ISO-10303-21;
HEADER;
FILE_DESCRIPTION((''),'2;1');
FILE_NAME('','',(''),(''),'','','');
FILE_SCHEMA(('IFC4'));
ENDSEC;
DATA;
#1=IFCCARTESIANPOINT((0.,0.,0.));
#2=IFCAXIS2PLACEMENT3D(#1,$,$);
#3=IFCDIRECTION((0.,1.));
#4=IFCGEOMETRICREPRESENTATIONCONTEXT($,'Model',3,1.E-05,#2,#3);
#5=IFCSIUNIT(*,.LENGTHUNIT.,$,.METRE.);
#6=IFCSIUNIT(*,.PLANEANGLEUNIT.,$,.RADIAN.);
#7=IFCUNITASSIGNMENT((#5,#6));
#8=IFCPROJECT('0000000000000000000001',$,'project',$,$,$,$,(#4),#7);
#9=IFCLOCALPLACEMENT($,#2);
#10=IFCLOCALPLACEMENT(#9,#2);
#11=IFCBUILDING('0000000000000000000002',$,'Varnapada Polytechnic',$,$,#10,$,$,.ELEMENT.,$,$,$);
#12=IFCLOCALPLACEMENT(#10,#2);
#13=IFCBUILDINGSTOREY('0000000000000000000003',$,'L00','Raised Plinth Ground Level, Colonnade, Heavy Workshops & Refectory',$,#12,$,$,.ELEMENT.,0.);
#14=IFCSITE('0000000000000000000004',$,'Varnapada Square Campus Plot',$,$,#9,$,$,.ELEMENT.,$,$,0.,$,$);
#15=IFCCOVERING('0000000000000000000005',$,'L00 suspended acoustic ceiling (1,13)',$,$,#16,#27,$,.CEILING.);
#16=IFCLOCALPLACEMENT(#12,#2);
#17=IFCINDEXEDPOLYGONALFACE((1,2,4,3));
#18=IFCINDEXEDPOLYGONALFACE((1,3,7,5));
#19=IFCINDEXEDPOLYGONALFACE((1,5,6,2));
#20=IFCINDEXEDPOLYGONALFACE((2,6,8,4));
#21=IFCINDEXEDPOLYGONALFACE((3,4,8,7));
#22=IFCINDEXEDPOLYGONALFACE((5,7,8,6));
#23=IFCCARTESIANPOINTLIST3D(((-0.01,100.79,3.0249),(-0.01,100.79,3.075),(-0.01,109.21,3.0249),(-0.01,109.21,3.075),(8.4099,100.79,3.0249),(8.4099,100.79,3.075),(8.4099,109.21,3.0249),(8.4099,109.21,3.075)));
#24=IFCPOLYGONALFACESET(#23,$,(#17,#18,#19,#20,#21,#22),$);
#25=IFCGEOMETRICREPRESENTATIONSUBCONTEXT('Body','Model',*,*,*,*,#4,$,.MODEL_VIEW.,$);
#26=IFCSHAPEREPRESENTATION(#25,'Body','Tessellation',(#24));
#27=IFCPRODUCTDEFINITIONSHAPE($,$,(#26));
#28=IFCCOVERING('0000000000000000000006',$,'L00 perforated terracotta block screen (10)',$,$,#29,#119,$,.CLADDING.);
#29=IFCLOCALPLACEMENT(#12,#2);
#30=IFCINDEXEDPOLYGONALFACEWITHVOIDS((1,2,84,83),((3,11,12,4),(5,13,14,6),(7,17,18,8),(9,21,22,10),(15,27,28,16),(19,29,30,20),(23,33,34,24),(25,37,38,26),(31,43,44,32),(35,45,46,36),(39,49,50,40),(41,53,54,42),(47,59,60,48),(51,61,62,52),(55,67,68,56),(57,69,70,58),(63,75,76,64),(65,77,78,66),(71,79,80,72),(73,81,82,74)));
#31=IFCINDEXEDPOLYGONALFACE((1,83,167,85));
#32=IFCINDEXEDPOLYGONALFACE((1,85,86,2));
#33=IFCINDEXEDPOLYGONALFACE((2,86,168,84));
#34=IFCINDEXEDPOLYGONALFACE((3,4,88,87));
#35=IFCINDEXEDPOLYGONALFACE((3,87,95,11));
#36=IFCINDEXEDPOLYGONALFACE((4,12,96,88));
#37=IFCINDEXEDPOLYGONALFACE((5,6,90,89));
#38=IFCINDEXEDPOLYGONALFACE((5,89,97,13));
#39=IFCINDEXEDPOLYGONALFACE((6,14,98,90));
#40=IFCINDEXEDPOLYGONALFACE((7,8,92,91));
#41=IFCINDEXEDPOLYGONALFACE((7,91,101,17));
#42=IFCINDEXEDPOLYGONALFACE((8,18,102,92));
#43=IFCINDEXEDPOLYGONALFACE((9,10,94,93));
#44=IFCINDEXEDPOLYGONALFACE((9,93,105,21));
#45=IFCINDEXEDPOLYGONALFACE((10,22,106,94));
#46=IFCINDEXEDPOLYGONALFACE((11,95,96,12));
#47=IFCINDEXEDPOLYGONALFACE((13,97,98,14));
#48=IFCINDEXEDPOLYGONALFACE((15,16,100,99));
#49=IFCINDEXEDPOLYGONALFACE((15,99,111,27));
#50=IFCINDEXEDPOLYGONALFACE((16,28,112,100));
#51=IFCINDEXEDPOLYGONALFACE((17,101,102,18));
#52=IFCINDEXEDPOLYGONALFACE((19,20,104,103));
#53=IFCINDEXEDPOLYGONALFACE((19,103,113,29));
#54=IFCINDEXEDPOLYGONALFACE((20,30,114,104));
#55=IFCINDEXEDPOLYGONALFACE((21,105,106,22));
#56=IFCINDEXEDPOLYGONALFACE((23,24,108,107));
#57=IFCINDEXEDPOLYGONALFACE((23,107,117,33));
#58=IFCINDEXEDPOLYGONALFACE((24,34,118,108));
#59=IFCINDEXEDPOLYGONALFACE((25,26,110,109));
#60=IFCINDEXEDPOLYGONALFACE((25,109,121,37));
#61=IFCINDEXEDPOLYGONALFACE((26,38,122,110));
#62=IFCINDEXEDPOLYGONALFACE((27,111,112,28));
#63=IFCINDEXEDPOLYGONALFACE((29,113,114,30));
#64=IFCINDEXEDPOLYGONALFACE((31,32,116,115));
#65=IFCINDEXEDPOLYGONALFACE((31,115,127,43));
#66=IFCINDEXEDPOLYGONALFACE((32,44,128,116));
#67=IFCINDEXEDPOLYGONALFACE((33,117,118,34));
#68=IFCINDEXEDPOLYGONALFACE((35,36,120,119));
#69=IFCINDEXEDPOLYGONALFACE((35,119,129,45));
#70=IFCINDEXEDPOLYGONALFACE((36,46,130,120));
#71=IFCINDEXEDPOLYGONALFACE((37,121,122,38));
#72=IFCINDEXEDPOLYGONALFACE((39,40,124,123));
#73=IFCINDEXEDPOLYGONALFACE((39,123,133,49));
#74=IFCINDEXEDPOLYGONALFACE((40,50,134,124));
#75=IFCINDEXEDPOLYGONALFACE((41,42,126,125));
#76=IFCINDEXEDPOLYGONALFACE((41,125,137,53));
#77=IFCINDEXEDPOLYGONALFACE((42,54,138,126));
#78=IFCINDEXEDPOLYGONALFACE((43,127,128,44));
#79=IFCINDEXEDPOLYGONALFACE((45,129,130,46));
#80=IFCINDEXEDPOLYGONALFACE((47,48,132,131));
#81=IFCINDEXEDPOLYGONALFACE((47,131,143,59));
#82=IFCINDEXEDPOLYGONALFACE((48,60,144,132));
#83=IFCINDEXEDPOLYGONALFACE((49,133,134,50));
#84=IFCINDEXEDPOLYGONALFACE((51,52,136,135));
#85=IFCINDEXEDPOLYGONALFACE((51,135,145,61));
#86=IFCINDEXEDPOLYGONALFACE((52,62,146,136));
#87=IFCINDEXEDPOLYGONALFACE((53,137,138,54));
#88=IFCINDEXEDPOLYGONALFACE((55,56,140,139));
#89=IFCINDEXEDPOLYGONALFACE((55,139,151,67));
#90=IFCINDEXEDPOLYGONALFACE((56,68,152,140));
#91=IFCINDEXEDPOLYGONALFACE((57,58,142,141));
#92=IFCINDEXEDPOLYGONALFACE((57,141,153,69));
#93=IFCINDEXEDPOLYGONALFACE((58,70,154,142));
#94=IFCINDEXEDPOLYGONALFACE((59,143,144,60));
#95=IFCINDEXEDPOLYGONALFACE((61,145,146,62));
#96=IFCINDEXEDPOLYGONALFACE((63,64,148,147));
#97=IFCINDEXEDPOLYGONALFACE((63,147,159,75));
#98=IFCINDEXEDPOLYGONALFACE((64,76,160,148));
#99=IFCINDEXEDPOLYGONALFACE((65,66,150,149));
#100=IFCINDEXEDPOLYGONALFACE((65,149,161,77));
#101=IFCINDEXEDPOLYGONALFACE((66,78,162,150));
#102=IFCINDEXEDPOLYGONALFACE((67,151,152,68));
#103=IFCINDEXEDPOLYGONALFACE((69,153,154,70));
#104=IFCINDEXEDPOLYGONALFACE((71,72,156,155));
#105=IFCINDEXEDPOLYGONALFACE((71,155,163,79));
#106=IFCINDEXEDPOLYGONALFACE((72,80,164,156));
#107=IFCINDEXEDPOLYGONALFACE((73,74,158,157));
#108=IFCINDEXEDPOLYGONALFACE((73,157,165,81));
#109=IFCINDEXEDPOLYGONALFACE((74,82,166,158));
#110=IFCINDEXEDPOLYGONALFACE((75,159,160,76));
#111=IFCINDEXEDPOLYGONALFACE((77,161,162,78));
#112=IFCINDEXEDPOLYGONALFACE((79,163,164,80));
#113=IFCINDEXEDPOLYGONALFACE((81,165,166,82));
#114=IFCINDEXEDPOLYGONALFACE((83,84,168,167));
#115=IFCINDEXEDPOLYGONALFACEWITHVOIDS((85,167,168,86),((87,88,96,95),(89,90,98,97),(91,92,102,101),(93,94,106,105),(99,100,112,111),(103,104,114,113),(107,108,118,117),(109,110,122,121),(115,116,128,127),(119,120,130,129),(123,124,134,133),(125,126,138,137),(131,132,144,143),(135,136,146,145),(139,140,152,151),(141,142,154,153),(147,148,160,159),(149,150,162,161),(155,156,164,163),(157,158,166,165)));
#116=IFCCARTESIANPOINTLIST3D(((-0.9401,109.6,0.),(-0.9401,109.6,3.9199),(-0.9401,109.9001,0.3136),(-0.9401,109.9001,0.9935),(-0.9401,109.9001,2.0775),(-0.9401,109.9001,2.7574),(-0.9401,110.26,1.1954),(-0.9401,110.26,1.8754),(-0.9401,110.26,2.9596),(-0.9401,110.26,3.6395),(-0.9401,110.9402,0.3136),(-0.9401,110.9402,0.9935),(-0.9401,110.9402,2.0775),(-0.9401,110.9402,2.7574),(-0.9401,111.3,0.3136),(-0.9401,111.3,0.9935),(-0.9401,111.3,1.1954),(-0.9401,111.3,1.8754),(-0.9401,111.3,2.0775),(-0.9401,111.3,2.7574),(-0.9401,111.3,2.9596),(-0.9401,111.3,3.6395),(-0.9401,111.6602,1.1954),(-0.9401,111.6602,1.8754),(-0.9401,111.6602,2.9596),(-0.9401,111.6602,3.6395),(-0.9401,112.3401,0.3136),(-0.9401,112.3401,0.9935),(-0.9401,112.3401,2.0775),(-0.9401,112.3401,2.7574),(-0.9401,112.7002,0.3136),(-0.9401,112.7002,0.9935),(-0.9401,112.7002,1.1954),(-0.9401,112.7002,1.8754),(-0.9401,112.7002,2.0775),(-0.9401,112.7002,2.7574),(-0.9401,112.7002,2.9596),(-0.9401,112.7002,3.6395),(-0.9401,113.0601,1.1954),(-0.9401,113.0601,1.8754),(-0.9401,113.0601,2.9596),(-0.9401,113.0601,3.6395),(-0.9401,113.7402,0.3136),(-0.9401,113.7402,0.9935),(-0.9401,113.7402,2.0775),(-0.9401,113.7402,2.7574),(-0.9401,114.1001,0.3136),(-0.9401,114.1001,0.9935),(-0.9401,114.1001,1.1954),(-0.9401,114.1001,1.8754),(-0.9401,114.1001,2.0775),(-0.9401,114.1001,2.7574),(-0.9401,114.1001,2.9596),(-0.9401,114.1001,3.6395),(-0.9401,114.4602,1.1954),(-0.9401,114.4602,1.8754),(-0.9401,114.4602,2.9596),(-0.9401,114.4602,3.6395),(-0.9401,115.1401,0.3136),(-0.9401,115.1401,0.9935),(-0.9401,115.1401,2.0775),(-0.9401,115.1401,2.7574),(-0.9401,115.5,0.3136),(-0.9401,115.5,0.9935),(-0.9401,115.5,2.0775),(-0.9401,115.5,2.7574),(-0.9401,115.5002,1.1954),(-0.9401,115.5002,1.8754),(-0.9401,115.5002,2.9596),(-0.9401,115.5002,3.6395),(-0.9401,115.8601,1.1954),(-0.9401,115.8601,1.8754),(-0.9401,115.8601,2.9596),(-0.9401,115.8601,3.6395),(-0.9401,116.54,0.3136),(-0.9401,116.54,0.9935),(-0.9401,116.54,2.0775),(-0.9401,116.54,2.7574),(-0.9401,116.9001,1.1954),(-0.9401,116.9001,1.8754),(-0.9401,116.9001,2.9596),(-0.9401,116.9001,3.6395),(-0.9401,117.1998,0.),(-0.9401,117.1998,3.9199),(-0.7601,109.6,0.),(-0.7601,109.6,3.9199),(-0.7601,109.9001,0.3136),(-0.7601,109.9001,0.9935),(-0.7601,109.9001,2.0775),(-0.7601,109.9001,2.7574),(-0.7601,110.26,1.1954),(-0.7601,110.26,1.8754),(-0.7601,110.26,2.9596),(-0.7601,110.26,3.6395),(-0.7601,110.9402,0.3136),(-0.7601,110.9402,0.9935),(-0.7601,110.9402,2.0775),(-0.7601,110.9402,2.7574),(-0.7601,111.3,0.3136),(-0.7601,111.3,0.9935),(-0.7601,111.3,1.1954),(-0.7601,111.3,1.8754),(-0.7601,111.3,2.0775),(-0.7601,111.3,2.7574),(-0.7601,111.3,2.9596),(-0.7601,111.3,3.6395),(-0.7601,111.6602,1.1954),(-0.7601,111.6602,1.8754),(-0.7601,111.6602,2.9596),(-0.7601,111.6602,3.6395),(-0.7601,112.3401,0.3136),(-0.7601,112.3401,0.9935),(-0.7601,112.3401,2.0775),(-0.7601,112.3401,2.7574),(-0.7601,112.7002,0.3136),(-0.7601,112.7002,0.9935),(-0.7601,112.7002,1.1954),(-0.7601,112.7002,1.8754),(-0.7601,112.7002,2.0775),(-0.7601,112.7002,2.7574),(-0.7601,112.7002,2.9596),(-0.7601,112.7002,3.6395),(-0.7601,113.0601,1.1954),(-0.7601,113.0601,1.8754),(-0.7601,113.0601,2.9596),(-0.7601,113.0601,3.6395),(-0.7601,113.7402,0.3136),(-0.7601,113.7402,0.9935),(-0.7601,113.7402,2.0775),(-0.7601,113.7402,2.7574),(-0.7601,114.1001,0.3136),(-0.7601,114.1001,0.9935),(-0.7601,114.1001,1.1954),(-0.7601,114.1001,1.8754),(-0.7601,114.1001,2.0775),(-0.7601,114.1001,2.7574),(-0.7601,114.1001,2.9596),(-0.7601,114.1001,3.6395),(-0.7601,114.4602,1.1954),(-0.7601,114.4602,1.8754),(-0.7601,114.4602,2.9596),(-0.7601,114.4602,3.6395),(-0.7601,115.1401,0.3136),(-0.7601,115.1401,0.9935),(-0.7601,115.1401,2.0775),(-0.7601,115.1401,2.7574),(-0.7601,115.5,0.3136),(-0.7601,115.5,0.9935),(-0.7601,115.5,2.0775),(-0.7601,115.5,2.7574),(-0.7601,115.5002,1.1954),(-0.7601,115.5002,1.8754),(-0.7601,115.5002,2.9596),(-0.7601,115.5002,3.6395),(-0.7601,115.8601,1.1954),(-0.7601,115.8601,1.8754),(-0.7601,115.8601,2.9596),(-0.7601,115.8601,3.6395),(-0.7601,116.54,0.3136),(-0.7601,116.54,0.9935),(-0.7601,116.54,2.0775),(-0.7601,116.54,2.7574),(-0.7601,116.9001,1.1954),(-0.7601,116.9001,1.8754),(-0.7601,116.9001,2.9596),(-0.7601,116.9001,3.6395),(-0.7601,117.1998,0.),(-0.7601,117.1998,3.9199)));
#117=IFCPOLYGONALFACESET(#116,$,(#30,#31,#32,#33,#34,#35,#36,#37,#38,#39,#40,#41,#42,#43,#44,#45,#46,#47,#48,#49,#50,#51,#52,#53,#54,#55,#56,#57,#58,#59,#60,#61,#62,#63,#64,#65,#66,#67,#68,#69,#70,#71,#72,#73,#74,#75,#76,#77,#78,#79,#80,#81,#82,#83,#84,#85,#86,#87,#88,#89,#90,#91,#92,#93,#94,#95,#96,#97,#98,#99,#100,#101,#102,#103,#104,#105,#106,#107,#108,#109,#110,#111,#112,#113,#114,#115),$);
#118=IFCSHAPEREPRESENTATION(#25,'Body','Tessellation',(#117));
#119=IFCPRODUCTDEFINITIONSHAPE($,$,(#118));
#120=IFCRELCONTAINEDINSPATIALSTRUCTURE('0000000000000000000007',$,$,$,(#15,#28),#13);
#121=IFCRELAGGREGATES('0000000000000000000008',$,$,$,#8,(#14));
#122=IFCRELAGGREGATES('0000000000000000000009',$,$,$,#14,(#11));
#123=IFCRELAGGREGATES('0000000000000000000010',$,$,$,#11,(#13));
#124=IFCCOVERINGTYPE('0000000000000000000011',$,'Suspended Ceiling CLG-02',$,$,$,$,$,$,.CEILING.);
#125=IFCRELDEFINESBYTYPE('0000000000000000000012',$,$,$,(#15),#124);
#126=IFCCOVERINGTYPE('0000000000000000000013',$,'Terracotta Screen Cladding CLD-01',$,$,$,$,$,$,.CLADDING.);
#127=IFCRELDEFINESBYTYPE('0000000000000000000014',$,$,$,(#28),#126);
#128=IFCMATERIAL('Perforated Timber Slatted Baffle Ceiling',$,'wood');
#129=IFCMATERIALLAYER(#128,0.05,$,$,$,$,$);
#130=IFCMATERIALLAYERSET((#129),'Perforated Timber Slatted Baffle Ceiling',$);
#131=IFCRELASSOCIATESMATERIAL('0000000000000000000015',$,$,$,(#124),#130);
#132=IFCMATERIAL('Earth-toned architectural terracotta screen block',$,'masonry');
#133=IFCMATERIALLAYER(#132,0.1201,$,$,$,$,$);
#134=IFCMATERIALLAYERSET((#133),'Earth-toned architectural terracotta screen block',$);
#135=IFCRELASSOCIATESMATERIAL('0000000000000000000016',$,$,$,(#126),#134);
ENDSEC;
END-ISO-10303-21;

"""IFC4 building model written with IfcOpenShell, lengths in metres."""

from ifc_helpers import new_model, si_unit, direction, frame, frame_2d, origin, origin_2d, place, context, subcontext, project, spatial, rectangle, extrude, material, layer, layer_set, type_object, element, save


model = new_model("IFC4")

# Units and contexts
model_context = context("Model", 3, precision=1e-05, world=origin(), true_north=direction((0.0, 1.0)))
body_context = subcontext(model_context, "Body", "Model", "MODEL_VIEW")
ifc_project = project(units=[si_unit("LENGTHUNIT", "METRE"), si_unit("PLANEANGLEUNIT", "RADIAN")], contexts=[model_context])

# Site, building, storey
site_placement = place(None, origin())
site = spatial("IfcSite", under=ifc_project, at=site_placement, Name="Varnapada Square Campus Plot", CompositionType="ELEMENT", RefElevation=0.0)
building_placement = place(site_placement, origin())
building = spatial("IfcBuilding", under=site, at=building_placement, Name="Varnapada Polytechnic", CompositionType="ELEMENT")
storey_placement = place(building_placement, origin())
storey = spatial("IfcBuildingStorey", under=building, at=storey_placement, Name="L00", Description="Raised Plinth Ground Level, Colonnade, Heavy Workshops & Refectory", CompositionType="ELEMENT", Elevation=0.0)

# Covering
ifc_material_1 = material(Name="Perforated Timber Slatted Baffle Ceiling", Category="wood")
ifc_layer_1 = layer(ifc_material_1, 0.05)
ifc_layer_set_1 = layer_set([ifc_layer_1], Name="Perforated Timber Slatted Baffle Ceiling")
covering_type_1 = type_object("IfcCoveringType", Name="Suspended Ceiling CLG-02", PredefinedType="CEILING", material=ifc_layer_set_1)
covering_1_placement = place(storey_placement, frame((4.2, 105.0, 3.0249), z_axis=(0.0, 0.0, 1.0), x_axis=(1.0, 0.0, 0.0)))
element("IfcCovering", 1, at=covering_1_placement, inside=storey, type_object=covering_type_1, Name="L00 suspended acoustic ceiling (1,13)", PredefinedType="CEILING", context=body_context, shape_type="SweptSolid", body=[
    extrude(rectangle(XDim=8.4199, YDim=8.4199, at=origin_2d()), origin(), (0.0, 0.0, 1.0), 0.05),
])

# Covering, openings
ifc_material_2 = material(Name="Earth-toned architectural terracotta screen block", Category="masonry")
ifc_layer_2 = layer(ifc_material_2, 0.1201)
ifc_layer_set_2 = layer_set([ifc_layer_2], Name="Earth-toned architectural terracotta screen block")
covering_type_2 = type_object("IfcCoveringType", Name="Terracotta Screen Cladding CLD-01", PredefinedType="CLADDING", material=ifc_layer_set_2)
covering_2_placement = place(storey_placement, frame((-0.8501, 109.6001, 0.0), z_axis=(0.0, 0.0, 1.0), x_axis=(0.0, 1.0, 0.0)))
covering_2 = element("IfcCovering", 2, at=covering_2_placement, inside=storey, type_object=covering_type_2, Name="L00 perforated terracotta block screen (10)", PredefinedType="CLADDING", context=body_context, shape_type="SweptSolid", body=[
    extrude(rectangle(XDim=7.5999, YDim=0.1799, at=frame_2d((3.7998, 0.0))), origin(), (0.0, 0.0, 1.0), 3.9199),
])
opening_1_placement = place(covering_2_placement, frame((0.3, 0.0, 0.3137)))
element("IfcOpeningElement", 3, at=opening_1_placement, cuts=covering_2, PredefinedType="OPENING", context=body_context, shape_type="SweptSolid", body=[
    extrude(rectangle(XDim=1.04, YDim=0.6799, at=frame_2d((0.52, 0.3398))), frame((0.0, 0.0999, 0.0), z_axis=(0.0, -1.0, 0.0), x_axis=(1.0, 0.0, 0.0)), (0.0, 0.0, 1.0), 0.2),
])
opening_2_placement = place(covering_2_placement, frame((1.7, 0.0, 0.3137)))
element("IfcOpeningElement", 4, at=opening_2_placement, cuts=covering_2, PredefinedType="OPENING", context=body_context, shape_type="SweptSolid", body=[
    extrude(rectangle(XDim=1.04, YDim=0.6799, at=frame_2d((0.52, 0.3398))), frame((0.0, 0.0999, 0.0), z_axis=(0.0, -1.0, 0.0), x_axis=(1.0, 0.0, 0.0)), (0.0, 0.0, 1.0), 0.2),
])
opening_3_placement = place(covering_2_placement, frame((3.1001, 0.0, 0.3137)))
element("IfcOpeningElement", 5, at=opening_3_placement, cuts=covering_2, PredefinedType="OPENING", context=body_context, shape_type="SweptSolid", body=[
    extrude(rectangle(XDim=1.04, YDim=0.6799, at=frame_2d((0.52, 0.3398))), frame((0.0, 0.0999, 0.0), z_axis=(0.0, -1.0, 0.0), x_axis=(1.0, 0.0, 0.0)), (0.0, 0.0, 1.0), 0.2),
])
opening_4_placement = place(covering_2_placement, frame((4.5, 0.0, 0.3137)))
element("IfcOpeningElement", 6, at=opening_4_placement, cuts=covering_2, PredefinedType="OPENING", context=body_context, shape_type="SweptSolid", body=[
    extrude(rectangle(XDim=1.04, YDim=0.6799, at=frame_2d((0.52, 0.3398))), frame((0.0, 0.0999, 0.0), z_axis=(0.0, -1.0, 0.0), x_axis=(1.0, 0.0, 0.0)), (0.0, 0.0, 1.0), 0.2),
])
opening_5_placement = place(covering_2_placement, frame((5.8999, 0.0, 0.3137)))
element("IfcOpeningElement", 7, at=opening_5_placement, cuts=covering_2, PredefinedType="OPENING", context=body_context, shape_type="SweptSolid", body=[
    extrude(rectangle(XDim=1.04, YDim=0.6799, at=frame_2d((0.52, 0.3398))), frame((0.0, 0.0999, 0.0), z_axis=(0.0, -1.0, 0.0), x_axis=(1.0, 0.0, 0.0)), (0.0, 0.0, 1.0), 0.2),
])
opening_6_placement = place(covering_2_placement, frame((0.6599, 0.0, 1.1956)))
element("IfcOpeningElement", 8, at=opening_6_placement, cuts=covering_2, PredefinedType="OPENING", context=body_context, shape_type="SweptSolid", body=[
    extrude(rectangle(XDim=1.04, YDim=0.6799, at=frame_2d((0.52, 0.3398))), frame((0.0, 0.0999, 0.0), z_axis=(0.0, -1.0, 0.0), x_axis=(1.0, 0.0, 0.0)), (0.0, 0.0, 1.0), 0.2),
])
opening_7_placement = place(covering_2_placement, frame((2.0601, 0.0, 1.1956)))
element("IfcOpeningElement", 9, at=opening_7_placement, cuts=covering_2, PredefinedType="OPENING", context=body_context, shape_type="SweptSolid", body=[
    extrude(rectangle(XDim=1.04, YDim=0.6799, at=frame_2d((0.52, 0.3398))), frame((0.0, 0.0999, 0.0), z_axis=(0.0, -1.0, 0.0), x_axis=(1.0, 0.0, 0.0)), (0.0, 0.0, 1.0), 0.2),
])
opening_8_placement = place(covering_2_placement, frame((3.46, 0.0, 1.1956)))
element("IfcOpeningElement", 10, at=opening_8_placement, cuts=covering_2, PredefinedType="OPENING", context=body_context, shape_type="SweptSolid", body=[
    extrude(rectangle(XDim=1.04, YDim=0.6799, at=frame_2d((0.52, 0.3398))), frame((0.0, 0.0999, 0.0), z_axis=(0.0, -1.0, 0.0), x_axis=(1.0, 0.0, 0.0)), (0.0, 0.0, 1.0), 0.2),
])
opening_9_placement = place(covering_2_placement, frame((4.8601, 0.0, 1.1956)))
element("IfcOpeningElement", 11, at=opening_9_placement, cuts=covering_2, PredefinedType="OPENING", context=body_context, shape_type="SweptSolid", body=[
    extrude(rectangle(XDim=1.04, YDim=0.6799, at=frame_2d((0.52, 0.3398))), frame((0.0, 0.0999, 0.0), z_axis=(0.0, -1.0, 0.0), x_axis=(1.0, 0.0, 0.0)), (0.0, 0.0, 1.0), 0.2),
])
opening_10_placement = place(covering_2_placement, frame((6.26, 0.0, 1.1956)))
element("IfcOpeningElement", 12, at=opening_10_placement, cuts=covering_2, PredefinedType="OPENING", context=body_context, shape_type="SweptSolid", body=[
    extrude(rectangle(XDim=1.04, YDim=0.6799, at=frame_2d((0.52, 0.3398))), frame((0.0, 0.0999, 0.0), z_axis=(0.0, -1.0, 0.0), x_axis=(1.0, 0.0, 0.0)), (0.0, 0.0, 1.0), 0.2),
])
opening_11_placement = place(covering_2_placement, frame((0.3, 0.0, 2.0776)))
element("IfcOpeningElement", 13, at=opening_11_placement, cuts=covering_2, PredefinedType="OPENING", context=body_context, shape_type="SweptSolid", body=[
    extrude(rectangle(XDim=1.04, YDim=0.6799, at=frame_2d((0.52, 0.3398))), frame((0.0, 0.0999, 0.0), z_axis=(0.0, -1.0, 0.0), x_axis=(1.0, 0.0, 0.0)), (0.0, 0.0, 1.0), 0.2),
])
opening_12_placement = place(covering_2_placement, frame((1.7, 0.0, 2.0776)))
element("IfcOpeningElement", 14, at=opening_12_placement, cuts=covering_2, PredefinedType="OPENING", context=body_context, shape_type="SweptSolid", body=[
    extrude(rectangle(XDim=1.04, YDim=0.6799, at=frame_2d((0.52, 0.3398))), frame((0.0, 0.0999, 0.0), z_axis=(0.0, -1.0, 0.0), x_axis=(1.0, 0.0, 0.0)), (0.0, 0.0, 1.0), 0.2),
])
opening_13_placement = place(covering_2_placement, frame((3.1001, 0.0, 2.0776)))
element("IfcOpeningElement", 15, at=opening_13_placement, cuts=covering_2, PredefinedType="OPENING", context=body_context, shape_type="SweptSolid", body=[
    extrude(rectangle(XDim=1.04, YDim=0.6799, at=frame_2d((0.52, 0.3398))), frame((0.0, 0.0999, 0.0), z_axis=(0.0, -1.0, 0.0), x_axis=(1.0, 0.0, 0.0)), (0.0, 0.0, 1.0), 0.2),
])
opening_14_placement = place(covering_2_placement, frame((4.5, 0.0, 2.0776)))
element("IfcOpeningElement", 16, at=opening_14_placement, cuts=covering_2, PredefinedType="OPENING", context=body_context, shape_type="SweptSolid", body=[
    extrude(rectangle(XDim=1.04, YDim=0.6799, at=frame_2d((0.52, 0.3398))), frame((0.0, 0.0999, 0.0), z_axis=(0.0, -1.0, 0.0), x_axis=(1.0, 0.0, 0.0)), (0.0, 0.0, 1.0), 0.2),
])
opening_15_placement = place(covering_2_placement, frame((5.8999, 0.0, 2.0776)))
element("IfcOpeningElement", 17, at=opening_15_placement, cuts=covering_2, PredefinedType="OPENING", context=body_context, shape_type="SweptSolid", body=[
    extrude(rectangle(XDim=1.04, YDim=0.6799, at=frame_2d((0.52, 0.3398))), frame((0.0, 0.0999, 0.0), z_axis=(0.0, -1.0, 0.0), x_axis=(1.0, 0.0, 0.0)), (0.0, 0.0, 1.0), 0.2),
])
opening_16_placement = place(covering_2_placement, frame((0.6599, 0.0, 2.9597)))
element("IfcOpeningElement", 18, at=opening_16_placement, cuts=covering_2, PredefinedType="OPENING", context=body_context, shape_type="SweptSolid", body=[
    extrude(rectangle(XDim=1.04, YDim=0.6799, at=frame_2d((0.52, 0.3398))), frame((0.0, 0.0999, 0.0), z_axis=(0.0, -1.0, 0.0), x_axis=(1.0, 0.0, 0.0)), (0.0, 0.0, 1.0), 0.2),
])
opening_17_placement = place(covering_2_placement, frame((2.0601, 0.0, 2.9597)))
element("IfcOpeningElement", 19, at=opening_17_placement, cuts=covering_2, PredefinedType="OPENING", context=body_context, shape_type="SweptSolid", body=[
    extrude(rectangle(XDim=1.04, YDim=0.6799, at=frame_2d((0.52, 0.3398))), frame((0.0, 0.0999, 0.0), z_axis=(0.0, -1.0, 0.0), x_axis=(1.0, 0.0, 0.0)), (0.0, 0.0, 1.0), 0.2),
])
opening_18_placement = place(covering_2_placement, frame((3.46, 0.0, 2.9597)))
element("IfcOpeningElement", 20, at=opening_18_placement, cuts=covering_2, PredefinedType="OPENING", context=body_context, shape_type="SweptSolid", body=[
    extrude(rectangle(XDim=1.04, YDim=0.6799, at=frame_2d((0.52, 0.3398))), frame((0.0, 0.0999, 0.0), z_axis=(0.0, -1.0, 0.0), x_axis=(1.0, 0.0, 0.0)), (0.0, 0.0, 1.0), 0.2),
])
opening_19_placement = place(covering_2_placement, frame((4.8601, 0.0, 2.9597)))
element("IfcOpeningElement", 21, at=opening_19_placement, cuts=covering_2, PredefinedType="OPENING", context=body_context, shape_type="SweptSolid", body=[
    extrude(rectangle(XDim=1.04, YDim=0.6799, at=frame_2d((0.52, 0.3398))), frame((0.0, 0.0999, 0.0), z_axis=(0.0, -1.0, 0.0), x_axis=(1.0, 0.0, 0.0)), (0.0, 0.0, 1.0), 0.2),
])
opening_20_placement = place(covering_2_placement, frame((6.26, 0.0, 2.9597)))
element("IfcOpeningElement", 22, at=opening_20_placement, cuts=covering_2, PredefinedType="OPENING", context=body_context, shape_type="SweptSolid", body=[
    extrude(rectangle(XDim=1.04, YDim=0.6799, at=frame_2d((0.52, 0.3398))), frame((0.0, 0.0999, 0.0), z_axis=(0.0, -1.0, 0.0), x_axis=(1.0, 0.0, 0.0)), (0.0, 0.0, 1.0), 0.2),
])

save(model, "model.ifc")
